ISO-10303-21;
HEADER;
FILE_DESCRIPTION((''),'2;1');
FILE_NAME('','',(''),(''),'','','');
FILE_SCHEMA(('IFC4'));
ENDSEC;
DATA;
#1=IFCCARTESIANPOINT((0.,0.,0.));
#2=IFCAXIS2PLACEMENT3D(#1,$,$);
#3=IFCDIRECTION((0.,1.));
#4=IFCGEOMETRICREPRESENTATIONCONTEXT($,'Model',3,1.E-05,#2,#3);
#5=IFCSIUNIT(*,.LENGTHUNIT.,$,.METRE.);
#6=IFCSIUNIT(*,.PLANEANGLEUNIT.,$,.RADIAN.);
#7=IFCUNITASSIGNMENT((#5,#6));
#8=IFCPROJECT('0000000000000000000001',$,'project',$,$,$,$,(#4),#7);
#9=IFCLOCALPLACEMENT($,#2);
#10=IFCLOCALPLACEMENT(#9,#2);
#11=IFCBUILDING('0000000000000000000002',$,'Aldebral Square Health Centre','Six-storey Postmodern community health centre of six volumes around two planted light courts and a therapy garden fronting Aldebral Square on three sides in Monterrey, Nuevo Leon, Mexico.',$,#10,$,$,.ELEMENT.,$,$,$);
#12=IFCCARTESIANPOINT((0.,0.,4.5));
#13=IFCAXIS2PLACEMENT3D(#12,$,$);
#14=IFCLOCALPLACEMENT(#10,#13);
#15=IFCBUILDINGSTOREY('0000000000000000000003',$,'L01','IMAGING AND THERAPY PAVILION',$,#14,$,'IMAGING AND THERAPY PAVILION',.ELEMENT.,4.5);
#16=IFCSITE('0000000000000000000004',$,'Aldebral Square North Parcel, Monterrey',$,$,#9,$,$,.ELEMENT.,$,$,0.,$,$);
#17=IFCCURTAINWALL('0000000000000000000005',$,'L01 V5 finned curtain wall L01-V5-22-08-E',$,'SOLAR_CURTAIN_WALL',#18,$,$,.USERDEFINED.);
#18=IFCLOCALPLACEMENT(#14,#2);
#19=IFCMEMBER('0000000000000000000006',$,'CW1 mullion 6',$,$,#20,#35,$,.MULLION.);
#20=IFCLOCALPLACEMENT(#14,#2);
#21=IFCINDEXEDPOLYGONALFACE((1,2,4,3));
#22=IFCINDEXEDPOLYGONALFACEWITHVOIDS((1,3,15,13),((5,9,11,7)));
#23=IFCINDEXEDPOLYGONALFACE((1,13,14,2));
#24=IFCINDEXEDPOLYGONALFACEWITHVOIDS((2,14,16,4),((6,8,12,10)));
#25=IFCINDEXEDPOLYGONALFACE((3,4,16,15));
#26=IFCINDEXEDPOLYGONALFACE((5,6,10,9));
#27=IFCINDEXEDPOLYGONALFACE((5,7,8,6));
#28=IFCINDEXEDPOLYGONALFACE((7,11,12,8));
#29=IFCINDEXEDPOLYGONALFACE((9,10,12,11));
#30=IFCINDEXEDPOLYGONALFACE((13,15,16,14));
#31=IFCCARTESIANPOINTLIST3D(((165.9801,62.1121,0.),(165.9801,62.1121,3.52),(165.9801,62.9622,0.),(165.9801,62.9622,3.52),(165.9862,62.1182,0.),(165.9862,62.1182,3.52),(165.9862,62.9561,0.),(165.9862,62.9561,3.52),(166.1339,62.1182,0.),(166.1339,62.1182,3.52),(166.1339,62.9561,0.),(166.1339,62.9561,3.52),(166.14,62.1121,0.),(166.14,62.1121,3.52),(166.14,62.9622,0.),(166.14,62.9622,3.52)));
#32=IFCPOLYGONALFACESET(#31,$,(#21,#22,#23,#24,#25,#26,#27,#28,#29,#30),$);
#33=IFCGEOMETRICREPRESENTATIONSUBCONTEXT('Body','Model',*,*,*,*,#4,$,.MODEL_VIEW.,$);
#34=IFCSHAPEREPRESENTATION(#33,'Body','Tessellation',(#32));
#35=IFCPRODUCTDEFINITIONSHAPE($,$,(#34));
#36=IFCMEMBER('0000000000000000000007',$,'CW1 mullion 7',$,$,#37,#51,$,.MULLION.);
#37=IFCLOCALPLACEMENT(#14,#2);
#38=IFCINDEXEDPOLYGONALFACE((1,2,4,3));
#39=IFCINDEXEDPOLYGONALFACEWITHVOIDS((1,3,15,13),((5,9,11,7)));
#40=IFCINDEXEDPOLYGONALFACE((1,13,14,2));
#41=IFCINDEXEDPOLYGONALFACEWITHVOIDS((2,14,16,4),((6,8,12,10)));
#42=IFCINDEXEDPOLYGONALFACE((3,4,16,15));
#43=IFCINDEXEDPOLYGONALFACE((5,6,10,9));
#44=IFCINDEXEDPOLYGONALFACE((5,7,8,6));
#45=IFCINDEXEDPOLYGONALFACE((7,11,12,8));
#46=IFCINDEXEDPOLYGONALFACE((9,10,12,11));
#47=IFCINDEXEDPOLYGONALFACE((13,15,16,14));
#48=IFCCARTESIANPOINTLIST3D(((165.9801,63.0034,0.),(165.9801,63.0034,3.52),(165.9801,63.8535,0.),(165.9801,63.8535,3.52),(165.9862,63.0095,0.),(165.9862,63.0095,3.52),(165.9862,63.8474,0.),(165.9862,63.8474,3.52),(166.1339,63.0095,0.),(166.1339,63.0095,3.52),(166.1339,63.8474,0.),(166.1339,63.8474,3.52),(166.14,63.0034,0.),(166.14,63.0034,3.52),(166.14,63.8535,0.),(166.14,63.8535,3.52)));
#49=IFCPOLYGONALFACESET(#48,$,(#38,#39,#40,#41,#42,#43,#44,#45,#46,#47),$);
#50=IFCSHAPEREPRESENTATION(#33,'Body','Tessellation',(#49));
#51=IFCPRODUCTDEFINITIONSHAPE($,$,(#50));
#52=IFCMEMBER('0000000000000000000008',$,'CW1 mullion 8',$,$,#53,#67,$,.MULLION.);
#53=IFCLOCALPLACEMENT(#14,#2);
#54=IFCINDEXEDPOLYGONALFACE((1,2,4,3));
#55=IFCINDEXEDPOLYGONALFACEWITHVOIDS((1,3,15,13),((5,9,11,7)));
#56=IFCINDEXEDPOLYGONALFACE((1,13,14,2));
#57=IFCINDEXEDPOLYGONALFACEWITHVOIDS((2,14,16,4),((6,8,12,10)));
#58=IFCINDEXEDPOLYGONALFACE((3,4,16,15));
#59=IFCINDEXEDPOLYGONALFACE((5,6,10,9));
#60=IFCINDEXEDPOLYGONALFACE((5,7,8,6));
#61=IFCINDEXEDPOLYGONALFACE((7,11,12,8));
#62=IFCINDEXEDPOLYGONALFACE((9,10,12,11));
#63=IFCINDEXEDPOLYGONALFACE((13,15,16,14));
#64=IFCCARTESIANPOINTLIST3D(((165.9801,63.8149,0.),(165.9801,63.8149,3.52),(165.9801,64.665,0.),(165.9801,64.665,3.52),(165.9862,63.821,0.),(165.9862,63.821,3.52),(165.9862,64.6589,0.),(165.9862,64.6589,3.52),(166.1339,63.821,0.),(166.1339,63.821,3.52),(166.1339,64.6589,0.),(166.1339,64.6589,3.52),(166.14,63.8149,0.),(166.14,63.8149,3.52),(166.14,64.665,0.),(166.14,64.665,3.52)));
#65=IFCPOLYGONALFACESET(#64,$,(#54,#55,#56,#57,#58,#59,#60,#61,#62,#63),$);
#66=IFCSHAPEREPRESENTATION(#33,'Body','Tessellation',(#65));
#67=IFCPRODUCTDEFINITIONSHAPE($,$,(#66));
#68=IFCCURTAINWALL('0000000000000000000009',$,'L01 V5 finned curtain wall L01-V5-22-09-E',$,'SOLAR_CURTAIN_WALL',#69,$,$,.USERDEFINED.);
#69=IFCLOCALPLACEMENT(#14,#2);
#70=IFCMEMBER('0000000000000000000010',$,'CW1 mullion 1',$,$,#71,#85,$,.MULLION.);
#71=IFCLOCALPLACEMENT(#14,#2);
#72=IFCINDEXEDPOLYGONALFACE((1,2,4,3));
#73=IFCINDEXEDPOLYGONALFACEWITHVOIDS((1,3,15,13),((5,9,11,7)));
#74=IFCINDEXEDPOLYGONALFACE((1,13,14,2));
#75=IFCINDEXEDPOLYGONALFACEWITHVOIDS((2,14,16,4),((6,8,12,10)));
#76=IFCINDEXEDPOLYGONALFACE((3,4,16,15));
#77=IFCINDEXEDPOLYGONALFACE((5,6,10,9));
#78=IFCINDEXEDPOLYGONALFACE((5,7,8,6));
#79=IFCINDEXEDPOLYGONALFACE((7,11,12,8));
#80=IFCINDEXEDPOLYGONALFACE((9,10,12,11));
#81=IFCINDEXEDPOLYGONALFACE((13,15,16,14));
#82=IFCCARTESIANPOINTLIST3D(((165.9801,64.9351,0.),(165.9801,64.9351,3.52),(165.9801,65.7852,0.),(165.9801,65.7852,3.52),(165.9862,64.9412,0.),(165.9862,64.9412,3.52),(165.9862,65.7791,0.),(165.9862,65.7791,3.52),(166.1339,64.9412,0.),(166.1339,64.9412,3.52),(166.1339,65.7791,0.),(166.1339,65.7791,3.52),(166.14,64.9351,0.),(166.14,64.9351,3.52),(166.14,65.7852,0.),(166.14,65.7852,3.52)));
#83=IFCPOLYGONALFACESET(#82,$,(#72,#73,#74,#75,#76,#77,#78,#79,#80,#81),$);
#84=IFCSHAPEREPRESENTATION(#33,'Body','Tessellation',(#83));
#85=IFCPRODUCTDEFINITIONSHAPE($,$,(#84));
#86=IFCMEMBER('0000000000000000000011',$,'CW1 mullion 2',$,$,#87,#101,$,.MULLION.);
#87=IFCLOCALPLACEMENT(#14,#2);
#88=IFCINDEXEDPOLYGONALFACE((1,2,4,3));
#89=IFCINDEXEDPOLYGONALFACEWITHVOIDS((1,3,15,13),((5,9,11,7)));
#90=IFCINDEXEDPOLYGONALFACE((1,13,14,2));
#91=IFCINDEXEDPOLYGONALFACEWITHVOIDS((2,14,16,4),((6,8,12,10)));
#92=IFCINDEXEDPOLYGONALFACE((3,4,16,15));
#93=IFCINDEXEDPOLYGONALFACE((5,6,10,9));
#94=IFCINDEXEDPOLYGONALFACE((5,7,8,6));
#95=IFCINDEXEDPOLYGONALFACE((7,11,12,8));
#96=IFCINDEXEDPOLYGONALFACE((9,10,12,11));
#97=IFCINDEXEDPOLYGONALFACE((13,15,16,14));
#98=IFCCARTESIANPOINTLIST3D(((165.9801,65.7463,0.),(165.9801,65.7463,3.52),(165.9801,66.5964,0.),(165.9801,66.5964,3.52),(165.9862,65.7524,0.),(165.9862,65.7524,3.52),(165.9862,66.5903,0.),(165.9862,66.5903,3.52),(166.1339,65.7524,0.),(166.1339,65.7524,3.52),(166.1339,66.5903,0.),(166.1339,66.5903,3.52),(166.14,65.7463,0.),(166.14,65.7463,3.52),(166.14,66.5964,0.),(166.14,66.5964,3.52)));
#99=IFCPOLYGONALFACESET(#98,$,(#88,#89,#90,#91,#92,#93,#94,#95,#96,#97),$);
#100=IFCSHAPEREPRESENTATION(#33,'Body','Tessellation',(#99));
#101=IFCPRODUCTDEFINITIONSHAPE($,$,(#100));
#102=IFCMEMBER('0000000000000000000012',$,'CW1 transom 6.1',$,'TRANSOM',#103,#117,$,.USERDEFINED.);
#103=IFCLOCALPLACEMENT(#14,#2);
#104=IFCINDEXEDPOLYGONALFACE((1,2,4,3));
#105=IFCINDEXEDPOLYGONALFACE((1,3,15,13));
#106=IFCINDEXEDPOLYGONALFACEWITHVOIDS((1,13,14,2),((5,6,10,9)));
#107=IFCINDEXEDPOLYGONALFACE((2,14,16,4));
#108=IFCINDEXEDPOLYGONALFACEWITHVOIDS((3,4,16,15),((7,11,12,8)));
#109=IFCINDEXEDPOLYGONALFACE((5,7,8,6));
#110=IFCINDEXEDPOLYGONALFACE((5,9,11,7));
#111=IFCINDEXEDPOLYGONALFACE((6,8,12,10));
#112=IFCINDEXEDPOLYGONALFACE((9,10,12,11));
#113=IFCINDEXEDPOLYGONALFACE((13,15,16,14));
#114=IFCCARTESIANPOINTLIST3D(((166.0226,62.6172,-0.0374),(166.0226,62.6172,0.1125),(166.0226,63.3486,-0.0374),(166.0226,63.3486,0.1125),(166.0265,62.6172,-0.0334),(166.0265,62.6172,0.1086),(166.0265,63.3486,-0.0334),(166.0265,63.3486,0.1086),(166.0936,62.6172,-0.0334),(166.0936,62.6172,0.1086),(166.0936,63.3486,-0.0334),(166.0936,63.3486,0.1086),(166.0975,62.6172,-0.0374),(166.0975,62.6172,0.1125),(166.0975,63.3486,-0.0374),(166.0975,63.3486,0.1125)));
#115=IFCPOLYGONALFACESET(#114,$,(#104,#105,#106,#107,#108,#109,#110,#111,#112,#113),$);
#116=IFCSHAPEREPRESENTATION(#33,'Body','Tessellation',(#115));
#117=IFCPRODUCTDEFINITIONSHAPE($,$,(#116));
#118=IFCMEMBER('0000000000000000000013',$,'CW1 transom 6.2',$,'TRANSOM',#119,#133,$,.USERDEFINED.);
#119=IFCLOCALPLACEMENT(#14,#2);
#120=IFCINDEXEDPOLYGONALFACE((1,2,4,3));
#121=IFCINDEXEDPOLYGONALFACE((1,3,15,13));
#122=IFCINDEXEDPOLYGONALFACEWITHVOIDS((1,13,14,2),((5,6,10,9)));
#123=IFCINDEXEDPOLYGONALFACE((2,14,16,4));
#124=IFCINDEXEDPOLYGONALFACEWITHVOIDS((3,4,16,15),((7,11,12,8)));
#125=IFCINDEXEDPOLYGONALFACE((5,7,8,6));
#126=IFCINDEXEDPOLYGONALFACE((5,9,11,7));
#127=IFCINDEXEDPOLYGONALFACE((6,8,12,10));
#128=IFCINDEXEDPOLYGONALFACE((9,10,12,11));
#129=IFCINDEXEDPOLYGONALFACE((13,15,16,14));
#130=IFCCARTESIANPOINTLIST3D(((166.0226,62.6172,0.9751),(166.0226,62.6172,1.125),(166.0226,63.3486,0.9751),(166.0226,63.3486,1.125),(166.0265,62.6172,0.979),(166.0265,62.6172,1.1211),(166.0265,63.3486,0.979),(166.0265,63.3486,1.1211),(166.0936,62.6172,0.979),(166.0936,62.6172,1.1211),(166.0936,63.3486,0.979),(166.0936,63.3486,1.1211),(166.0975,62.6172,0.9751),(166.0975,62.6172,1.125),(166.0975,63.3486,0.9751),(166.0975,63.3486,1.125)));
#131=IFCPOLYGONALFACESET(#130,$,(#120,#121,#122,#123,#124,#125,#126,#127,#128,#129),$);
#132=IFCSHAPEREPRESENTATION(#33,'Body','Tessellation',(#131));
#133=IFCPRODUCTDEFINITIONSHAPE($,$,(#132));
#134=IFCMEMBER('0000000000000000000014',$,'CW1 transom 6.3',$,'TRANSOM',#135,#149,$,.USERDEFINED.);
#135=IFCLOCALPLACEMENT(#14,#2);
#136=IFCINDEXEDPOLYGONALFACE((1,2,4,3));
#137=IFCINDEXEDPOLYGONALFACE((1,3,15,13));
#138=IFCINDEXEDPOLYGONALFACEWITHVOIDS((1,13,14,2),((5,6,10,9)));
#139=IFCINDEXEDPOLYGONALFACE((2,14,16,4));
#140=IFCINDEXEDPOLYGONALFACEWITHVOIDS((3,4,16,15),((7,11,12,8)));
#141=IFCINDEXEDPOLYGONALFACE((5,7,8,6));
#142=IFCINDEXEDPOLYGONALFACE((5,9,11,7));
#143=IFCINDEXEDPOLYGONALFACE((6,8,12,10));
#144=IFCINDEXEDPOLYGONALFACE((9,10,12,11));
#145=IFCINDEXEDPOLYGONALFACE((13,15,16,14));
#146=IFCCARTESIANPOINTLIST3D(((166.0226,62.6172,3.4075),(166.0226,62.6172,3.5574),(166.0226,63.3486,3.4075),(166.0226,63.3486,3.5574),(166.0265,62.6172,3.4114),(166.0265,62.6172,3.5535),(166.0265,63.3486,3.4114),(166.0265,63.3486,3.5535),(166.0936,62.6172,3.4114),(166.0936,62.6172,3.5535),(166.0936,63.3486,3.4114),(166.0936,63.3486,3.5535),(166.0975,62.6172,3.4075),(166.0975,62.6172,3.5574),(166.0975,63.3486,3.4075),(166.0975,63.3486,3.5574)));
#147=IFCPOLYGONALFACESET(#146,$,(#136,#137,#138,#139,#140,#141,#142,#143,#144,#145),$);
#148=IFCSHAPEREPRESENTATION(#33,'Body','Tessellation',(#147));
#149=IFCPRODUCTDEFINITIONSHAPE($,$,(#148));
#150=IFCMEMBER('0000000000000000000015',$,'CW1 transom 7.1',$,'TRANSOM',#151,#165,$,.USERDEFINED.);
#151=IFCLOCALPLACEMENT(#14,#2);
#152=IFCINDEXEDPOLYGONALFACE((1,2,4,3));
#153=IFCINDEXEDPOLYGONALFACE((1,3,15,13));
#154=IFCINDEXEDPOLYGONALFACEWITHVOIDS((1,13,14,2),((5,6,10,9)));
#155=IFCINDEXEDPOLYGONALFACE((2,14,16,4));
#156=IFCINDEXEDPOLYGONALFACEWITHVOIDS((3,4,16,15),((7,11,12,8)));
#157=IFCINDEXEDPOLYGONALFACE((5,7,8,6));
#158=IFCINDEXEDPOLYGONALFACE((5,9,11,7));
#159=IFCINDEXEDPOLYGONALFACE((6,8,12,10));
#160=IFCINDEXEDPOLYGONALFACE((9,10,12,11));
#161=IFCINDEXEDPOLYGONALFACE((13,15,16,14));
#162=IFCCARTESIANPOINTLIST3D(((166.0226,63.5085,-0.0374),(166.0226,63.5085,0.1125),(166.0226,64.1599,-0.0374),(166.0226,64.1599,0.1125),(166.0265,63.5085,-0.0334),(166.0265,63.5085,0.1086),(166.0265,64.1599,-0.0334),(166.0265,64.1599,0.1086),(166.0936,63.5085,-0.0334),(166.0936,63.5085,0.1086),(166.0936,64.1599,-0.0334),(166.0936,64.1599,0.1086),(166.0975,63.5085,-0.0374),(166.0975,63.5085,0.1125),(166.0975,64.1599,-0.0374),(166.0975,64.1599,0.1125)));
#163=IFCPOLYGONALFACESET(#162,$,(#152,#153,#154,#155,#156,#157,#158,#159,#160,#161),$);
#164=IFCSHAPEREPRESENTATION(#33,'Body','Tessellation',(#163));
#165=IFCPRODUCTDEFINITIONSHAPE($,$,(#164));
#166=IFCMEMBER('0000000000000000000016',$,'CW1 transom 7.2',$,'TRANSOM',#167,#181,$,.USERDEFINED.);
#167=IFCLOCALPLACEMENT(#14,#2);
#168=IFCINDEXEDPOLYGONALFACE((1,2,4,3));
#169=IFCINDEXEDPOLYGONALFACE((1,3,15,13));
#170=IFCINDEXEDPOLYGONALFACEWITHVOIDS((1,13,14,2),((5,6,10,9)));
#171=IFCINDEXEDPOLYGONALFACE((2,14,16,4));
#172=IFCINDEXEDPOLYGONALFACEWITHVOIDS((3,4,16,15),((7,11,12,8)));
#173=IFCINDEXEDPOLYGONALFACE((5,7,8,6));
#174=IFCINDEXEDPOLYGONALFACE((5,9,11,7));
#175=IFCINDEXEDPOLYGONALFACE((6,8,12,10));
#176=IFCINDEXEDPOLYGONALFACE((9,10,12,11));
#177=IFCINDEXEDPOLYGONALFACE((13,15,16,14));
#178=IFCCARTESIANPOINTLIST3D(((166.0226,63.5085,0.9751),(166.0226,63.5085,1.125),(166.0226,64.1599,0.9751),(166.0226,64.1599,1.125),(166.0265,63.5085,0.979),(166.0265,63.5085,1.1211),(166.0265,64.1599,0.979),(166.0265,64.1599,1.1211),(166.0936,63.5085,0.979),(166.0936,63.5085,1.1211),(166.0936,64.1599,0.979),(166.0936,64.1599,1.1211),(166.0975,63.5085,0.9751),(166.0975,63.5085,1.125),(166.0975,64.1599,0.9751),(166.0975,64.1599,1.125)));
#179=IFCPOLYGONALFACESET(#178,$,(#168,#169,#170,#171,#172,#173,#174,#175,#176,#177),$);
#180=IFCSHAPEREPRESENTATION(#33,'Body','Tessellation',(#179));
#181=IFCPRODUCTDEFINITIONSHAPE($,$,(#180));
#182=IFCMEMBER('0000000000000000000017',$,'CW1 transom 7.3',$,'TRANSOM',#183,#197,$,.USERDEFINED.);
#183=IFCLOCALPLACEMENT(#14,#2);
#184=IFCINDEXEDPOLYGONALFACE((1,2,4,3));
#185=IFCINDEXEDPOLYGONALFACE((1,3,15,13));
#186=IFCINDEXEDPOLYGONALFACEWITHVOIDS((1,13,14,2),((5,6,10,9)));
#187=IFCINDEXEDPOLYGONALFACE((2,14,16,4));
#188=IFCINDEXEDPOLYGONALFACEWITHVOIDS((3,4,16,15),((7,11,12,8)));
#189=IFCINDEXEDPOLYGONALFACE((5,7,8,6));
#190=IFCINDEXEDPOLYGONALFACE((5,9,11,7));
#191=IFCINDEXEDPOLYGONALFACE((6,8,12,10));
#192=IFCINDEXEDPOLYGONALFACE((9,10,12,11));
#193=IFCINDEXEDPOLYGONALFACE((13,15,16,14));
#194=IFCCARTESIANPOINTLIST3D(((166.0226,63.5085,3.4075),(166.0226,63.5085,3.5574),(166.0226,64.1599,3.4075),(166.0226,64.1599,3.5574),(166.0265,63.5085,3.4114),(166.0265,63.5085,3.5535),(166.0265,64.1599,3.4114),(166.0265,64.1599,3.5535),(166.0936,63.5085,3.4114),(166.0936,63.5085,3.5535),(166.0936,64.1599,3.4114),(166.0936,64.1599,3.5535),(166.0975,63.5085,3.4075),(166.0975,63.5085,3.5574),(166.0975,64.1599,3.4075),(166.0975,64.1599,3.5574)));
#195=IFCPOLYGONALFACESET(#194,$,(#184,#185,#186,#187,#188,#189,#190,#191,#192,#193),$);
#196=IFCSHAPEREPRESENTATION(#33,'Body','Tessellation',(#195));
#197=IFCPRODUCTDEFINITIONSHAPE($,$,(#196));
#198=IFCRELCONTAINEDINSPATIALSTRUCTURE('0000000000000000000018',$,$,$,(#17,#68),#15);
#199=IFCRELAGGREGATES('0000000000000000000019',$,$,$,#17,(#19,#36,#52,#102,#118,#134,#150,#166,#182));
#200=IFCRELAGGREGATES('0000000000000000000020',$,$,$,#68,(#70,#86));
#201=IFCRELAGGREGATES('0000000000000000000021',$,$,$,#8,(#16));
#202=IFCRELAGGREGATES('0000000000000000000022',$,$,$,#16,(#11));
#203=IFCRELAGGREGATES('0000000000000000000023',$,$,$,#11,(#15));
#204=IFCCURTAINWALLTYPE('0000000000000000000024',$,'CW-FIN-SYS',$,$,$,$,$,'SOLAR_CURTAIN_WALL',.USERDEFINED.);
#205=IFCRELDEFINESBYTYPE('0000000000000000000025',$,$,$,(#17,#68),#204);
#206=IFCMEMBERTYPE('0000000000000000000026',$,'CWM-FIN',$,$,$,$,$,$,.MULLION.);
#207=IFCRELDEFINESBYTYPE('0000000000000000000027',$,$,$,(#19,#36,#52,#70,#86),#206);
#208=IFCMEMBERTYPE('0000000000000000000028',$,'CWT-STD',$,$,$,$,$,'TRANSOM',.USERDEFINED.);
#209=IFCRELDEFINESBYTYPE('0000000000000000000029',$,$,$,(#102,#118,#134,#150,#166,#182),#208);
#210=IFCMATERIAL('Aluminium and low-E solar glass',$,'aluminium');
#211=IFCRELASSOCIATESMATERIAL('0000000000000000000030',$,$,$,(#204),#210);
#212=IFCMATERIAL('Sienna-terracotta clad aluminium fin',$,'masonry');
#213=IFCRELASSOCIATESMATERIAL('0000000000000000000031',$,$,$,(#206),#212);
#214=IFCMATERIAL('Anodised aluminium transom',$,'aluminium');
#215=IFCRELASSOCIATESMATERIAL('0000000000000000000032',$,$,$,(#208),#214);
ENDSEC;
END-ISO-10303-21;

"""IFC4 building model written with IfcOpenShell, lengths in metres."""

from ifc_helpers import new_model, si_unit, direction, frame, origin, origin_2d, place, context, subcontext, project, spatial, hollow_rectangle, extrude, material, material_profile, profile_set, type_object, element, aggregate, save


model = new_model("IFC4")

# Units and contexts
model_context = context("Model", 3, precision=1e-05, world=origin(), true_north=direction((0.0, 1.0)))
body_context = subcontext(model_context, "Body", "Model", "MODEL_VIEW")
ifc_project = project(units=[si_unit("LENGTHUNIT", "METRE"), si_unit("PLANEANGLEUNIT", "RADIAN")], contexts=[model_context])

# Site, building, storey
site_placement = place(None, origin())
site = spatial("IfcSite", under=ifc_project, at=site_placement, Name="Aldebral Square North Parcel, Monterrey", CompositionType="ELEMENT", RefElevation=0.0)
building_placement = place(site_placement, origin())
building = spatial("IfcBuilding", under=site, at=building_placement, Name="Aldebral Square Health Centre", Description="Six-storey Postmodern community health centre of six volumes around two planted light courts and a therapy garden fronting Aldebral Square on three sides in Monterrey, Nuevo Leon, Mexico.", CompositionType="ELEMENT")
storey_placement = place(building_placement, frame((0.0, 0.0, 4.5)))
storey = spatial("IfcBuildingStorey", under=building, at=storey_placement, Name="L01", Description="IMAGING AND THERAPY PAVILION", LongName="IMAGING AND THERAPY PAVILION", CompositionType="ELEMENT", Elevation=4.5)

# Curtain walls, members
ifc_material_1 = material(Name="Aluminium and low-E solar glass", Category="aluminium")
curtain_wall_type = type_object("IfcCurtainWallType", Name="CW-FIN-SYS", ElementType="SOLAR_CURTAIN_WALL", PredefinedType="USERDEFINED", material=ifc_material_1)
curtain_wall_1_placement = place(storey_placement, origin())
curtain_wall_1 = element("IfcCurtainWall", 1, at=curtain_wall_1_placement, inside=storey, type_object=curtain_wall_type, Name="L01 V5 finned curtain wall L01-V5-22-08-E", ObjectType="SOLAR_CURTAIN_WALL", PredefinedType="USERDEFINED")
ifc_material_2 = material(Name="Sienna-terracotta clad aluminium fin", Category="masonry")
ifc_material_profile_1 = material_profile(ifc_material_2, hollow_rectangle(XDim=0.1599, YDim=0.8501, WallThickness=0.0061, at=origin_2d()), Name="FIN 160x850x6")
ifc_profile_set_1 = profile_set([ifc_material_profile_1], Name="Sienna-terracotta clad aluminium fin")
member_type_1 = type_object("IfcMemberType", Name="CWM-FIN", PredefinedType="MULLION", material=ifc_profile_set_1)
member_1_placement = place(storey_placement, frame((166.0601, 62.5371, 0.0), z_axis=(0.0, 0.0, 1.0), x_axis=(-1.0, 0.0, 0.0)))
member_1 = element("IfcMember", 2, at=member_1_placement, type_object=member_type_1, Name="CW1 mullion 6", PredefinedType="MULLION", context=body_context, shape_type="SweptSolid", body=[
    extrude(hollow_rectangle(XDim=0.1599, YDim=0.8501, WallThickness=0.0061, at=origin_2d()), origin(), (0.0, 0.0, 1.0), 3.52),
])
member_2_placement = place(storey_placement, frame((166.0601, 63.4285, 0.0), z_axis=(0.0, 0.0, 1.0), x_axis=(-1.0, 0.0, 0.0)))
member_2 = element("IfcMember", 3, at=member_2_placement, type_object=member_type_1, Name="CW1 mullion 7", PredefinedType="MULLION", context=body_context, shape_type="SweptSolid", body=[
    extrude(hollow_rectangle(XDim=0.1599, YDim=0.8501, WallThickness=0.0061, at=origin_2d()), origin(), (0.0, 0.0, 1.0), 3.52),
])
member_3_placement = place(storey_placement, frame((166.0601, 64.24, 0.0), z_axis=(0.0, 0.0, 1.0), x_axis=(-1.0, 0.0, 0.0)))
member_3 = element("IfcMember", 4, at=member_3_placement, type_object=member_type_1, Name="CW1 mullion 8", PredefinedType="MULLION", context=body_context, shape_type="SweptSolid", body=[
    extrude(hollow_rectangle(XDim=0.1599, YDim=0.8501, WallThickness=0.0061, at=origin_2d()), origin(), (0.0, 0.0, 1.0), 3.52),
])
curtain_wall_2_placement = place(storey_placement, origin())
curtain_wall_2 = element("IfcCurtainWall", 5, at=curtain_wall_2_placement, inside=storey, type_object=curtain_wall_type, Name="L01 V5 finned curtain wall L01-V5-22-09-E", ObjectType="SOLAR_CURTAIN_WALL", PredefinedType="USERDEFINED")
member_4_placement = place(storey_placement, frame((166.0601, 65.3601, 0.0), z_axis=(0.0, 0.0, 1.0), x_axis=(-1.0, 0.0, 0.0)))
member_4 = element("IfcMember", 6, at=member_4_placement, type_object=member_type_1, Name="CW1 mullion 1", PredefinedType="MULLION", context=body_context, shape_type="SweptSolid", body=[
    extrude(hollow_rectangle(XDim=0.1599, YDim=0.8501, WallThickness=0.0061, at=origin_2d()), origin(), (0.0, 0.0, 1.0), 3.52),
])
member_5_placement = place(storey_placement, frame((166.0601, 66.1714, 0.0), z_axis=(0.0, 0.0, 1.0), x_axis=(-1.0, 0.0, 0.0)))
member_5 = element("IfcMember", 7, at=member_5_placement, type_object=member_type_1, Name="CW1 mullion 2", PredefinedType="MULLION", context=body_context, shape_type="SweptSolid", body=[
    extrude(hollow_rectangle(XDim=0.1599, YDim=0.8501, WallThickness=0.0061, at=origin_2d()), origin(), (0.0, 0.0, 1.0), 3.52),
])

# Members
ifc_material_3 = material(Name="Anodised aluminium transom", Category="aluminium")
ifc_material_profile_2 = material_profile(ifc_material_3, hollow_rectangle(XDim=0.075, YDim=0.1499, WallThickness=0.0039, at=origin_2d()), Name="CWT 75x150x4")
ifc_profile_set_2 = profile_set([ifc_material_profile_2], Name="Anodised aluminium transom")
member_type_2 = type_object("IfcMemberType", Name="CWT-STD", ElementType="TRANSOM", PredefinedType="USERDEFINED", material=ifc_profile_set_2)
member_6_placement = place(storey_placement, frame((166.0601, 62.6172, 0.0376), z_axis=(0.0, 1.0, 0.0), x_axis=(-1.0, 0.0, 0.0)))
member_6 = element("IfcMember", 8, at=member_6_placement, type_object=member_type_2, Name="CW1 transom 6.1", ObjectType="TRANSOM", PredefinedType="USERDEFINED", context=body_context, shape_type="SweptSolid", body=[
    extrude(hollow_rectangle(XDim=0.075, YDim=0.1499, WallThickness=0.0039, at=origin_2d()), origin(), (0.0, 0.0, 1.0), 0.7314),
])
member_7_placement = place(storey_placement, frame((166.0601, 62.6172, 1.05), z_axis=(0.0, 1.0, 0.0), x_axis=(-1.0, 0.0, 0.0)))
member_7 = element("IfcMember", 9, at=member_7_placement, type_object=member_type_2, Name="CW1 transom 6.2", ObjectType="TRANSOM", PredefinedType="USERDEFINED", context=body_context, shape_type="SweptSolid", body=[
    extrude(hollow_rectangle(XDim=0.075, YDim=0.1499, WallThickness=0.0039, at=origin_2d()), origin(), (0.0, 0.0, 1.0), 0.7314),
])
member_8_placement = place(storey_placement, frame((166.0601, 62.6172, 3.4824), z_axis=(0.0, 1.0, 0.0), x_axis=(-1.0, 0.0, 0.0)))
member_8 = element("IfcMember", 10, at=member_8_placement, type_object=member_type_2, Name="CW1 transom 6.3", ObjectType="TRANSOM", PredefinedType="USERDEFINED", context=body_context, shape_type="SweptSolid", body=[
    extrude(hollow_rectangle(XDim=0.075, YDim=0.1499, WallThickness=0.0039, at=origin_2d()), origin(), (0.0, 0.0, 1.0), 0.7314),
])
member_9_placement = place(storey_placement, frame((166.0601, 63.5085, 0.0376), z_axis=(0.0, 1.0, 0.0), x_axis=(-1.0, 0.0, 0.0)))
member_9 = element("IfcMember", 11, at=member_9_placement, type_object=member_type_2, Name="CW1 transom 7.1", ObjectType="TRANSOM", PredefinedType="USERDEFINED", context=body_context, shape_type="SweptSolid", body=[
    extrude(hollow_rectangle(XDim=0.075, YDim=0.1499, WallThickness=0.0039, at=origin_2d()), origin(), (0.0, 0.0, 1.0), 0.6514),
])
member_10_placement = place(storey_placement, frame((166.0601, 63.5085, 1.05), z_axis=(0.0, 1.0, 0.0), x_axis=(-1.0, 0.0, 0.0)))
member_10 = element("IfcMember", 12, at=member_10_placement, type_object=member_type_2, Name="CW1 transom 7.2", ObjectType="TRANSOM", PredefinedType="USERDEFINED", context=body_context, shape_type="SweptSolid", body=[
    extrude(hollow_rectangle(XDim=0.075, YDim=0.1499, WallThickness=0.0039, at=origin_2d()), origin(), (0.0, 0.0, 1.0), 0.6514),
])
member_11_placement = place(storey_placement, frame((166.0601, 63.5085, 3.4824), z_axis=(0.0, 1.0, 0.0), x_axis=(-1.0, 0.0, 0.0)))
member_11 = element("IfcMember", 13, at=member_11_placement, type_object=member_type_2, Name="CW1 transom 7.3", ObjectType="TRANSOM", PredefinedType="USERDEFINED", context=body_context, shape_type="SweptSolid", body=[
    extrude(hollow_rectangle(XDim=0.075, YDim=0.1499, WallThickness=0.0039, at=origin_2d()), origin(), (0.0, 0.0, 1.0), 0.6514),
])

aggregate(curtain_wall_1, [member_1, member_2, member_3, member_6, member_7, member_8, member_9, member_10, member_11])
aggregate(curtain_wall_2, [member_4, member_5])

save(model, "model.ifc")
